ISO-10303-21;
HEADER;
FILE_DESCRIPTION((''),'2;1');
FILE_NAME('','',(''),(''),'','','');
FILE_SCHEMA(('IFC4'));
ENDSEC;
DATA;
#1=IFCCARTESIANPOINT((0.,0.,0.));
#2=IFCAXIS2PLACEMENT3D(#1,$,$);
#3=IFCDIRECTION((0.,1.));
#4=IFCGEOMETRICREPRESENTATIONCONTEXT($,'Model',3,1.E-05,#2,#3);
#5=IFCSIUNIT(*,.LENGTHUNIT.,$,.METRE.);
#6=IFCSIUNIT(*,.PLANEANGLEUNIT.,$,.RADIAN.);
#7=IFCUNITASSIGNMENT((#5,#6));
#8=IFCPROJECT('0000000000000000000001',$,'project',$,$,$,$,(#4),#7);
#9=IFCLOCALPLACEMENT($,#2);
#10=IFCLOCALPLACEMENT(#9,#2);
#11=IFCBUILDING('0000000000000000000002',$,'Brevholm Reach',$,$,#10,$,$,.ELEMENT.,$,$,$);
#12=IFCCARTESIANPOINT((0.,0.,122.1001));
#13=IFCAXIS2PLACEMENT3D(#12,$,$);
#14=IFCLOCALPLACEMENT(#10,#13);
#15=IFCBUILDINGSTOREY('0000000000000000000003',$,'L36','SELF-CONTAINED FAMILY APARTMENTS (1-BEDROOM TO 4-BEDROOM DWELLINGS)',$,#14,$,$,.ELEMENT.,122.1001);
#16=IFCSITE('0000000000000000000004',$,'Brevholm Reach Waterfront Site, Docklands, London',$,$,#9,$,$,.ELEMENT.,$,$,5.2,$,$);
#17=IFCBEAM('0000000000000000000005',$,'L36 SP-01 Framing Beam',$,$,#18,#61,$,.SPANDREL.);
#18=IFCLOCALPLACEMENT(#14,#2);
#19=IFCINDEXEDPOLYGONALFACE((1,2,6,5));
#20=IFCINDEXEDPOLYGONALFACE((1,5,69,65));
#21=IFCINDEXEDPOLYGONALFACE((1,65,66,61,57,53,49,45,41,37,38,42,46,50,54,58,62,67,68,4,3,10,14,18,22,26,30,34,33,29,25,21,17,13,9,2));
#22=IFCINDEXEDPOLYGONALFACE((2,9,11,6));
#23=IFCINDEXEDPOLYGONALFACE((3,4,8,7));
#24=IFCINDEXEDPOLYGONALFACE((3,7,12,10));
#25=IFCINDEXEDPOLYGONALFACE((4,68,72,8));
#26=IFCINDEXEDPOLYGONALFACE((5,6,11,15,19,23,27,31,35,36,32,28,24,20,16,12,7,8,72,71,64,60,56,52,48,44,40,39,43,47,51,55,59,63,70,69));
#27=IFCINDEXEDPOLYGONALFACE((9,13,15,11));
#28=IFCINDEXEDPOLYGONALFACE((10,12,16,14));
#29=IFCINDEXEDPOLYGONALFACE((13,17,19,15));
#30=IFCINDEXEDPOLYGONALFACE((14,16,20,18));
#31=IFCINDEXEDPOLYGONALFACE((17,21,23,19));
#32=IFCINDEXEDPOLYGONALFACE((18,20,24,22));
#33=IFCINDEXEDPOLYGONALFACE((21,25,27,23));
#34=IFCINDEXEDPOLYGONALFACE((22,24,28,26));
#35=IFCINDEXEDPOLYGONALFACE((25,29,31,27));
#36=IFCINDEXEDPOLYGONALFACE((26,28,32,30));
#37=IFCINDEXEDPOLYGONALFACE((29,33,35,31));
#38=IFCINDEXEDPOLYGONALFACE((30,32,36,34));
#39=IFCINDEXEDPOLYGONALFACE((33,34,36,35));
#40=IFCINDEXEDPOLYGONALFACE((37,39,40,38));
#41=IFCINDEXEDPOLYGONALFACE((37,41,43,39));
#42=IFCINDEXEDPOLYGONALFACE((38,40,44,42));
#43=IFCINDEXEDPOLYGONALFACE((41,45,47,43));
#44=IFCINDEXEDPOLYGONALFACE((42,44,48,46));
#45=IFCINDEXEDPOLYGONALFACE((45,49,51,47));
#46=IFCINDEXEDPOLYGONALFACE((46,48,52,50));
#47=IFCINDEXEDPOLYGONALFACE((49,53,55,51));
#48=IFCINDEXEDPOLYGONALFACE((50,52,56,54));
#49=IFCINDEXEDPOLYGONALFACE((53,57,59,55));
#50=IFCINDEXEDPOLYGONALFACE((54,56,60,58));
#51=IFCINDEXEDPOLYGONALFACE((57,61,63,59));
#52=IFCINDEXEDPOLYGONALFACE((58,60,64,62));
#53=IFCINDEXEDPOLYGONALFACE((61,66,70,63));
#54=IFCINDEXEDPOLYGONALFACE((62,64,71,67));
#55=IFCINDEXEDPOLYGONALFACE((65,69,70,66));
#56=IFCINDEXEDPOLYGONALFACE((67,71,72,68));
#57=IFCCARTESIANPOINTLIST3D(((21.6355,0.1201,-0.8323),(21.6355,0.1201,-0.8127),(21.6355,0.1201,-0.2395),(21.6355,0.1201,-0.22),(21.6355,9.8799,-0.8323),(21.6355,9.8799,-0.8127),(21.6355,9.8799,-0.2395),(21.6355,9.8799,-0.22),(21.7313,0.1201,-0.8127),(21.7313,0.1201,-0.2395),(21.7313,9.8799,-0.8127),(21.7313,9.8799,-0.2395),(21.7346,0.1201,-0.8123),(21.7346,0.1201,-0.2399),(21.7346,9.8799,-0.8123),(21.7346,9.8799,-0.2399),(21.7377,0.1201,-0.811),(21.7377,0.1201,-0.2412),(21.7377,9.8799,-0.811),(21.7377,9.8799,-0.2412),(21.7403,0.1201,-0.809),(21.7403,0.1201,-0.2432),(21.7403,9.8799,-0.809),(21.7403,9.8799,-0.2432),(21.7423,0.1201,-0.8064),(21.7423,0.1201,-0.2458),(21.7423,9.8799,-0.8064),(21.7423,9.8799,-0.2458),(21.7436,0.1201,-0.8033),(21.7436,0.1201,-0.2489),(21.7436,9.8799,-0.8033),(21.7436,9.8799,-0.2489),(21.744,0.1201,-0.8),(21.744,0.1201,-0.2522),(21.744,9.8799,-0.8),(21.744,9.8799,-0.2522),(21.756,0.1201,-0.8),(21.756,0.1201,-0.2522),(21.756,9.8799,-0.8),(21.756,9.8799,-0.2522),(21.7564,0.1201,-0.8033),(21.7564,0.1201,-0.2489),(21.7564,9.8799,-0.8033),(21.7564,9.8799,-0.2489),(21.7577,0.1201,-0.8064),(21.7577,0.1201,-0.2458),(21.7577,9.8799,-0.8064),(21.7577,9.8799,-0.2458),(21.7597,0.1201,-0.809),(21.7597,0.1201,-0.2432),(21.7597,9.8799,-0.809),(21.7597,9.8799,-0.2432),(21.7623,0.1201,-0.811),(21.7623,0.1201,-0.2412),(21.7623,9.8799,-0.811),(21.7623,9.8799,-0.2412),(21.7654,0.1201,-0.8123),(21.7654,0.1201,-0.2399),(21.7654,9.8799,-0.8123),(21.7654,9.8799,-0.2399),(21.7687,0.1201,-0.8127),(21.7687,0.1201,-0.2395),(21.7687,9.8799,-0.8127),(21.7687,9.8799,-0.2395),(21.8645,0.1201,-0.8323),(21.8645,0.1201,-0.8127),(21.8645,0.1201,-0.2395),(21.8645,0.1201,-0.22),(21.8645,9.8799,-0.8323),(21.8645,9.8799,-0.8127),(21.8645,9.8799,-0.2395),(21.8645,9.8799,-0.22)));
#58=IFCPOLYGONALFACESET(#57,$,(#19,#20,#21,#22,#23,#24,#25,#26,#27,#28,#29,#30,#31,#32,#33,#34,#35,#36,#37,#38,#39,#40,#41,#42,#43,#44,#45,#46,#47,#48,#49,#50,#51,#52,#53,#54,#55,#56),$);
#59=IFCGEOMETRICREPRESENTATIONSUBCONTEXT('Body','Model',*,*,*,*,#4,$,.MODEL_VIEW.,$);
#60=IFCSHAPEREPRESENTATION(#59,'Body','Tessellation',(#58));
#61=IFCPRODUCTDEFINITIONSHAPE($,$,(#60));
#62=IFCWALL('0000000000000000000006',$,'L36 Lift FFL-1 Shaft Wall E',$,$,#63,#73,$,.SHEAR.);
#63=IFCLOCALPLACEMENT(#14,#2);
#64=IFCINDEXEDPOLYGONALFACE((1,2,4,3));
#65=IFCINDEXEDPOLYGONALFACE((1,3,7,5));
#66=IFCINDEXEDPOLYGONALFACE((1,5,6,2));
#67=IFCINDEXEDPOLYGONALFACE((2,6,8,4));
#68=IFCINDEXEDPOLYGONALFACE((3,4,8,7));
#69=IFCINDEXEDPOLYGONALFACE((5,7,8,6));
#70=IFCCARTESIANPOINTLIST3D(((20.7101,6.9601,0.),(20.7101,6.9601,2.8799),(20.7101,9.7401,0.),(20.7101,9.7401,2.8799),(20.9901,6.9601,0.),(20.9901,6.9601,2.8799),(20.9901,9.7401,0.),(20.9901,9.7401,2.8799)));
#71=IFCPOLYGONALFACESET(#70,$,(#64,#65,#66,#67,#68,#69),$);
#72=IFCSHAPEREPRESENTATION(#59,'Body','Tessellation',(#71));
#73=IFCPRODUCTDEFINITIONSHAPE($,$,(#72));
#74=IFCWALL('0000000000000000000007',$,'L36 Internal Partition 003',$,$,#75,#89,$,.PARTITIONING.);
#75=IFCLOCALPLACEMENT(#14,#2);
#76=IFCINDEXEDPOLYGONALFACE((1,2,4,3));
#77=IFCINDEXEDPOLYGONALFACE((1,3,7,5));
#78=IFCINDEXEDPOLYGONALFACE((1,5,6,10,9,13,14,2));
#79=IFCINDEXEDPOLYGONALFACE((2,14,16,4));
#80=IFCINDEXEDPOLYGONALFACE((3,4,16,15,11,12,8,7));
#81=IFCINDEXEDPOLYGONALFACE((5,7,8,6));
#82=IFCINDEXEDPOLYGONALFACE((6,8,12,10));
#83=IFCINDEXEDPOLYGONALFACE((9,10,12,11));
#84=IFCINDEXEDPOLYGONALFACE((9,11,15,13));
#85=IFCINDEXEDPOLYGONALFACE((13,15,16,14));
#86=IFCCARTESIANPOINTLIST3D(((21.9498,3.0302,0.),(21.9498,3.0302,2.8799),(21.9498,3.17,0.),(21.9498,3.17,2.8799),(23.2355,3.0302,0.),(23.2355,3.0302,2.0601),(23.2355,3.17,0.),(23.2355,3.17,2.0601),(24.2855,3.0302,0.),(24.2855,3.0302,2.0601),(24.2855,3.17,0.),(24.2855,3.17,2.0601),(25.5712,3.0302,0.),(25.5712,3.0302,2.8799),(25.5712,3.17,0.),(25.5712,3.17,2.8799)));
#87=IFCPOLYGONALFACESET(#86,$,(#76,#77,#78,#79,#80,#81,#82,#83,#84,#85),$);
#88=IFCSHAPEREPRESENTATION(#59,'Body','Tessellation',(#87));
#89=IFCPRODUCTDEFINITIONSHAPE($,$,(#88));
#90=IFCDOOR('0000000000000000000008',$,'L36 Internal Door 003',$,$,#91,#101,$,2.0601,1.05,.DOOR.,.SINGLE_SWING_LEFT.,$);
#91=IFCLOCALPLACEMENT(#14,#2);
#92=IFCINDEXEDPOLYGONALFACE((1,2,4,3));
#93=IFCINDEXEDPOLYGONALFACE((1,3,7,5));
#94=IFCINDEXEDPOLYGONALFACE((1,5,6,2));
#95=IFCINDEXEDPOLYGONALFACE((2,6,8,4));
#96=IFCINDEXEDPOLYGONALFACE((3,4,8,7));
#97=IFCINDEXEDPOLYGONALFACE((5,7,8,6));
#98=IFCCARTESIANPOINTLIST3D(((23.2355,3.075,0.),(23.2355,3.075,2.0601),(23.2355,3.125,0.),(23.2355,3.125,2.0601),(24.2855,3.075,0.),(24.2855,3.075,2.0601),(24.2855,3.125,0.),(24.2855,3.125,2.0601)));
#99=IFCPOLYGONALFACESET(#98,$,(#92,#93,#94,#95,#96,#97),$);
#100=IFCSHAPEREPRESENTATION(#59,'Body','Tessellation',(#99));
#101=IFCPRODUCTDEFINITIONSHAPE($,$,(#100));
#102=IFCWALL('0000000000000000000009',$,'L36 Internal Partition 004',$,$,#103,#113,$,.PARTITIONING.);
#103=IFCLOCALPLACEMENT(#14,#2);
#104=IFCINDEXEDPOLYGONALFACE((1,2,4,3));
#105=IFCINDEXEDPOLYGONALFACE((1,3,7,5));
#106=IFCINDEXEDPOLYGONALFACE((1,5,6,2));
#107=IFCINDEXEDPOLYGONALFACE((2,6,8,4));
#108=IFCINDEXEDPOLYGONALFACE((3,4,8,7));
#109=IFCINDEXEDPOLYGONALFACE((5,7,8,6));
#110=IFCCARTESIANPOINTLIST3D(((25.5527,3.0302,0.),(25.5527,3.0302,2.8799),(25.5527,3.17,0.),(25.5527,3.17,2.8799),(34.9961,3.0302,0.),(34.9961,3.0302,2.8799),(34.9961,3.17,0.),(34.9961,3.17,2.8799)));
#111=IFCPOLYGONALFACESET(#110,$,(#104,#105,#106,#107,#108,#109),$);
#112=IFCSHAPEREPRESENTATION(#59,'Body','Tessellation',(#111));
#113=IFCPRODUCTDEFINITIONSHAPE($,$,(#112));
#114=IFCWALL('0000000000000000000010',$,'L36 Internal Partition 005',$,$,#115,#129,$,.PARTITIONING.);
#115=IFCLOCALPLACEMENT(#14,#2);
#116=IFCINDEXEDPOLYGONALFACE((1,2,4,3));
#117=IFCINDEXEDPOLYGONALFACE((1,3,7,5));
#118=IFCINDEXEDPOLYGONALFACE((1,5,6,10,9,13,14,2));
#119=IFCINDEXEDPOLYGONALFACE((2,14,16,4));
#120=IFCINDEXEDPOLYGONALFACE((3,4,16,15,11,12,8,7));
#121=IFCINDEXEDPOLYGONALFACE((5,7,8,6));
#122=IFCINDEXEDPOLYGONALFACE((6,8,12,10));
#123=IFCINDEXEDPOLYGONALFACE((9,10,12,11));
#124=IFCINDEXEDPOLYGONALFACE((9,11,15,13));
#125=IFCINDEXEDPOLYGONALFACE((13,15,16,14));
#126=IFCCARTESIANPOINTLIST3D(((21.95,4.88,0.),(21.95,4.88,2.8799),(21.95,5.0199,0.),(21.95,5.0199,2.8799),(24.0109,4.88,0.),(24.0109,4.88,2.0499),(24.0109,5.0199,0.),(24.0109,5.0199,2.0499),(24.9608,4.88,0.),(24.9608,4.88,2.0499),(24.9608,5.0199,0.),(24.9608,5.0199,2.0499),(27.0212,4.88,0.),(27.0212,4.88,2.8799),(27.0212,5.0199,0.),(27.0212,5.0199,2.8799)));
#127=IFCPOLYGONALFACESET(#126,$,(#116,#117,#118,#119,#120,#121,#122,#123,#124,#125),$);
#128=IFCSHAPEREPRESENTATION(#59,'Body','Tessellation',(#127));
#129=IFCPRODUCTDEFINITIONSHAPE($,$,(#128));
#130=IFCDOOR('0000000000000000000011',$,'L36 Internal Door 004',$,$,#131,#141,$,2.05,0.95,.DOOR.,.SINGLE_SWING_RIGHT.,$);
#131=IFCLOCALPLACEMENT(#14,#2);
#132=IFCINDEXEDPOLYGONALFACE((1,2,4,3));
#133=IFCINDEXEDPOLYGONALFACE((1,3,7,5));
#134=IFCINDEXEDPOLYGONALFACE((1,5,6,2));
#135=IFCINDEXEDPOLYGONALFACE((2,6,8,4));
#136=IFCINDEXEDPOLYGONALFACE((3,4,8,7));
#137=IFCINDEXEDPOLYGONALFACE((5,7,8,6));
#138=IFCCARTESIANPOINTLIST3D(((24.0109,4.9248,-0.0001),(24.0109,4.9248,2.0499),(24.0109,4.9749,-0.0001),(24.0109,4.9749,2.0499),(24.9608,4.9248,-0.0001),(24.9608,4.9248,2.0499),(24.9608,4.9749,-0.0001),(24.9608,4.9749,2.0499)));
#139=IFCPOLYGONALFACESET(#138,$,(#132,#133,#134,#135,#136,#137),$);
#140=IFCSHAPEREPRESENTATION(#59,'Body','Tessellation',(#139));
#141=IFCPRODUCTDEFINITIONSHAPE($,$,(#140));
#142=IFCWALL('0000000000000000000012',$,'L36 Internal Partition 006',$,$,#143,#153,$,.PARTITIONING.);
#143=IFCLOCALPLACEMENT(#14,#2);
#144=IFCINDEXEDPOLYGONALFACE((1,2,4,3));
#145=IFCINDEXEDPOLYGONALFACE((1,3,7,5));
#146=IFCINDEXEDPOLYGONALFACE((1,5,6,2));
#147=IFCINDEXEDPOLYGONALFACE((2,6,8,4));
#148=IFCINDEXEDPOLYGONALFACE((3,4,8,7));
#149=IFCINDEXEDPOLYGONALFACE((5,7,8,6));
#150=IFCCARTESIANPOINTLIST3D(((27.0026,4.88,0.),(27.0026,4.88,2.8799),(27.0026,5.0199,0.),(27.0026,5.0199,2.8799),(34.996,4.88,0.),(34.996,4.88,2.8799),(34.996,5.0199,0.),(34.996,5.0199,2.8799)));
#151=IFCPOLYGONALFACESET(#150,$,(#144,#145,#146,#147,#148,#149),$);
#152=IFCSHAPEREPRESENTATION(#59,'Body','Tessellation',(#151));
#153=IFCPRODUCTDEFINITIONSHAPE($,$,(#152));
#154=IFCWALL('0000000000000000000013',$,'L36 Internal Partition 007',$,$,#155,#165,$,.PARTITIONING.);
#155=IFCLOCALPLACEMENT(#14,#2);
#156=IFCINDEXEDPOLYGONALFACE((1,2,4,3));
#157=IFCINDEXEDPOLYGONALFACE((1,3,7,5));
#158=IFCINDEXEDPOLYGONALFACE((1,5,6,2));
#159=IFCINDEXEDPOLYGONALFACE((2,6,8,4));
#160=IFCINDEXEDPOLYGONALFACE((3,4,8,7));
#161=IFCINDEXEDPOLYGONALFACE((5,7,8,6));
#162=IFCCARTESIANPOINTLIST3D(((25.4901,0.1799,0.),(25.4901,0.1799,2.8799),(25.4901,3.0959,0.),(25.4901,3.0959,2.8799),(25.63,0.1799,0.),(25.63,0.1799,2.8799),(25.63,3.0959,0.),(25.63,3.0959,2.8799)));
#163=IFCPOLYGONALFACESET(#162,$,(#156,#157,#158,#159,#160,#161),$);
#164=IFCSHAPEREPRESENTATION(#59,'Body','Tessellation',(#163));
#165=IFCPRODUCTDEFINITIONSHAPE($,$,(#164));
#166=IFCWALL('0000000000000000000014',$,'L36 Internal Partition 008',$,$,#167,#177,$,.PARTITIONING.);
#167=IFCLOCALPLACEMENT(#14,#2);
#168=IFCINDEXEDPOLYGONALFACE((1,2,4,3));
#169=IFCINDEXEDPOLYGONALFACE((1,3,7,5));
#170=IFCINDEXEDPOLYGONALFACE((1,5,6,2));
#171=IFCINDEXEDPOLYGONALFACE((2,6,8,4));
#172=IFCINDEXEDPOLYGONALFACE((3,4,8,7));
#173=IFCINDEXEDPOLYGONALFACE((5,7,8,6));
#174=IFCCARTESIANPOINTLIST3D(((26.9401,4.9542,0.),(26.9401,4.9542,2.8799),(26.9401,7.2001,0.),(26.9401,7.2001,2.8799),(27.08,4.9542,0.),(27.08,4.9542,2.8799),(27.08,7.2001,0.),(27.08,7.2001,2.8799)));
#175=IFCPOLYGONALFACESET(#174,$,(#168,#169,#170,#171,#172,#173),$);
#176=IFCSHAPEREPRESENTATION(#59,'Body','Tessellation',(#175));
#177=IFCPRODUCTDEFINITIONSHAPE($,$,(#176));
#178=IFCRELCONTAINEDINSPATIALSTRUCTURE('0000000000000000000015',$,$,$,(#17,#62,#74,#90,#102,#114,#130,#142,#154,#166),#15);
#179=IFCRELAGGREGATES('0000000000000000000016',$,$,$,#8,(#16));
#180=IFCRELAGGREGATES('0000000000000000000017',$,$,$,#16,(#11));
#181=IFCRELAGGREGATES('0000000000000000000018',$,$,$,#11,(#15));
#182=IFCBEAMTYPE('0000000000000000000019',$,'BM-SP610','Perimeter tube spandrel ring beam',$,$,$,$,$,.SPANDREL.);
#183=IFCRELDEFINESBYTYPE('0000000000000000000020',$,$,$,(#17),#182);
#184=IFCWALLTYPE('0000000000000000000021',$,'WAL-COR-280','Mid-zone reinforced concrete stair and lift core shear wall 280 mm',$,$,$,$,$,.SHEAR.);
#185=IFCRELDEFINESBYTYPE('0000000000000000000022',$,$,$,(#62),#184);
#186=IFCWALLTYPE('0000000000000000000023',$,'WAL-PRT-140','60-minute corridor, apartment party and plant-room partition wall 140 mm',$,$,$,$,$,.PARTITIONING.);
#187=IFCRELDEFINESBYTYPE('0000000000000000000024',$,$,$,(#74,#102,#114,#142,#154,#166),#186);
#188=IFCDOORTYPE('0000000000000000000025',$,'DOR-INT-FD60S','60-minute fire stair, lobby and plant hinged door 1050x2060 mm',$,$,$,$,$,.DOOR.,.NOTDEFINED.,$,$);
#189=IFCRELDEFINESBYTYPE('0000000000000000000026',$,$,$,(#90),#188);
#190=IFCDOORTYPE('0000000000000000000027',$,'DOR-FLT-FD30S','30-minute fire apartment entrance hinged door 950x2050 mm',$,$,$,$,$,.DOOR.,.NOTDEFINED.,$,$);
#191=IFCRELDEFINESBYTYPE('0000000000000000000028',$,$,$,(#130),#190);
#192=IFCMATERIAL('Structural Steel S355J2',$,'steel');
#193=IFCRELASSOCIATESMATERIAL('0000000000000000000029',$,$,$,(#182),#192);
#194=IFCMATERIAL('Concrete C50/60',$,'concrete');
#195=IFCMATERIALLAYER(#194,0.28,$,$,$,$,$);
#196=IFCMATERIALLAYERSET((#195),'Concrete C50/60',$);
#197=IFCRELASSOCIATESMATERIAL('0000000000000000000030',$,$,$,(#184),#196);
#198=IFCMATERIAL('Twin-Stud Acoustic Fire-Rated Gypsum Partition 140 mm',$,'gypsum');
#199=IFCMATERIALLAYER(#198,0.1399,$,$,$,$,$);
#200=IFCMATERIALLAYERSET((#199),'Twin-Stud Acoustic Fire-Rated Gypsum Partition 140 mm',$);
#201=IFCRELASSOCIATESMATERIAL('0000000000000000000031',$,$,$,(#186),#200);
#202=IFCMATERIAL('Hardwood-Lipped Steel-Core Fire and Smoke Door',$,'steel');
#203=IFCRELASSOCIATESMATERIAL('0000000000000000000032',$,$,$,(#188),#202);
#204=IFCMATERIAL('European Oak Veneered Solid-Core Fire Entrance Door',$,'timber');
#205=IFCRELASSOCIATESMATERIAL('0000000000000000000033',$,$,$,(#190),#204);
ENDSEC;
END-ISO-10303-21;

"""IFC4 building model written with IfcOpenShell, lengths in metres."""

from ifc_helpers import new_model, si_unit, direction, frame, frame_2d, origin, origin_2d, place, context, subcontext, project, spatial, rectangle, i_section, extrude, material, layer, layer_set, material_profile, profile_set, type_object, element, fill, save


model = new_model("IFC4")

# Units and contexts
model_context = context("Model", 3, precision=1e-05, world=origin(), true_north=direction((0.0, 1.0)))
body_context = subcontext(model_context, "Body", "Model", "MODEL_VIEW")
ifc_project = project(units=[si_unit("LENGTHUNIT", "METRE"), si_unit("PLANEANGLEUNIT", "RADIAN")], contexts=[model_context])

# Site, building, storey
site_placement = place(None, origin())
site = spatial("IfcSite", under=ifc_project, at=site_placement, Name="Brevholm Reach Waterfront Site, Docklands, London", CompositionType="ELEMENT", RefElevation=5.2)
building_placement = place(site_placement, origin())
building = spatial("IfcBuilding", under=site, at=building_placement, Name="Brevholm Reach", CompositionType="ELEMENT")
storey_placement = place(building_placement, frame((0.0, 0.0, 122.1001)))
storey = spatial("IfcBuildingStorey", under=building, at=storey_placement, Name="L36", Description="SELF-CONTAINED FAMILY APARTMENTS (1-BEDROOM TO 4-BEDROOM DWELLINGS)", CompositionType="ELEMENT", Elevation=122.1001)

# Beam
ifc_material_1 = material(Name="Structural Steel S355J2", Category="steel")
ifc_material_profile_1 = material_profile(ifc_material_1, i_section(OverallWidth=0.229, OverallDepth=0.6123, WebThickness=0.012, FlangeThickness=0.0195, FilletRadius=0.0127, at=origin_2d()), Name="UKB 610x229x125")
ifc_profile_set_1 = profile_set([ifc_material_profile_1], Name="Structural Steel S355J2")
beam_type_1 = type_object("IfcBeamType", Name="BM-SP610", Description="Perimeter tube spandrel ring beam", PredefinedType="SPANDREL", material=ifc_profile_set_1)
beam_1_placement = place(storey_placement, frame((21.75, 0.1201, -0.5261), z_axis=(0.0, 1.0, 0.0), x_axis=(-1.0, 0.0, 0.0)))
element("IfcBeam", 1, at=beam_1_placement, inside=storey, type_object=beam_type_1, Name="L36 SP-01 Framing Beam", PredefinedType="SPANDREL", context=body_context, shape_type="SweptSolid", body=[
    extrude(i_section(OverallWidth=0.229, OverallDepth=0.6123, WebThickness=0.012, FlangeThickness=0.0195, FilletRadius=0.0127, at=origin_2d()), origin(), (0.0, 0.0, 1.0), 9.7598),
])

# Wall
ifc_material_2 = material(Name="Concrete C50/60", Category="concrete")
ifc_layer_1 = layer(ifc_material_2, 0.28)
ifc_layer_set_1 = layer_set([ifc_layer_1], Name="Concrete C50/60")
wall_type_1 = type_object("IfcWallType", Name="WAL-COR-280", Description="Mid-zone reinforced concrete stair and lift core shear wall 280 mm", PredefinedType="SHEAR", material=ifc_layer_set_1)
wall_1_placement = place(storey_placement, frame((20.8501, 6.96, 0.0), z_axis=(0.0, 0.0, 1.0), x_axis=(0.0, 1.0, 0.0)))
element("IfcWall", 2, at=wall_1_placement, inside=storey, type_object=wall_type_1, Name="L36 Lift FFL-1 Shaft Wall E", PredefinedType="SHEAR", context=body_context, shape_type="SweptSolid", body=[
    extrude(rectangle(XDim=2.78, YDim=0.28, at=frame_2d((1.3901, 0.0))), origin(), (0.0, 0.0, 1.0), 2.8799),
])

# Wall, opening, door
ifc_material_3 = material(Name="Twin-Stud Acoustic Fire-Rated Gypsum Partition 140 mm", Category="gypsum")
ifc_layer_2 = layer(ifc_material_3, 0.1399)
ifc_layer_set_2 = layer_set([ifc_layer_2], Name="Twin-Stud Acoustic Fire-Rated Gypsum Partition 140 mm")
wall_type_2 = type_object("IfcWallType", Name="WAL-PRT-140", Description="60-minute corridor, apartment party and plant-room partition wall 140 mm", PredefinedType="PARTITIONING", material=ifc_layer_set_2)
wall_2_placement = place(storey_placement, frame((21.95, 3.1001, 0.0), z_axis=(0.0, 0.0, 1.0), x_axis=(1.0, 0.0, 0.0)))
wall_2 = element("IfcWall", 3, at=wall_2_placement, inside=storey, type_object=wall_type_2, Name="L36 Internal Partition 003", PredefinedType="PARTITIONING", context=body_context, shape_type="SweptSolid", body=[
    extrude(rectangle(XDim=3.6213, YDim=0.1399, at=frame_2d((1.8105, 0.0))), origin(), (0.0, 0.0, 1.0), 2.8799),
])
opening_1_placement = place(wall_2_placement, frame((1.2856, 0.0, 0.0)))
opening_1 = element("IfcOpeningElement", 4, at=opening_1_placement, cuts=wall_2, PredefinedType="OPENING", context=body_context, shape_type="SweptSolid", body=[
    extrude(rectangle(XDim=1.05, YDim=2.0601, at=frame_2d((0.5249, 1.03))), frame((0.0, 0.0798, 0.0), z_axis=(0.0, -1.0, 0.0), x_axis=(1.0, 0.0, 0.0)), (0.0, 0.0, 1.0), 0.1599),
])
ifc_material_4 = material(Name="Hardwood-Lipped Steel-Core Fire and Smoke Door", Category="steel")
door_type_1 = type_object("IfcDoorType", Name="DOR-INT-FD60S", Description="60-minute fire stair, lobby and plant hinged door 1050x2060 mm", OperationType="NOTDEFINED", PredefinedType="DOOR", material=ifc_material_4)
door_1_placement = place(opening_1_placement, origin())
door_1 = element("IfcDoor", 5, at=door_1_placement, inside=storey, type_object=door_type_1, Name="L36 Internal Door 003", OperationType="SINGLE_SWING_LEFT", OverallHeight=2.0601, OverallWidth=1.05, PredefinedType="DOOR", context=body_context, shape_type="SweptSolid", body=[
    extrude(rectangle(XDim=1.05, YDim=2.0601, at=frame_2d((0.5249, 1.03))), frame((0.0, 0.0249, 0.0), z_axis=(0.0, -1.0, 0.0), x_axis=(1.0, 0.0, 0.0)), (0.0, 0.0, 1.0), 0.05),
])
fill(opening_1, door_1)

# Wall
wall_3_placement = place(storey_placement, frame((25.5527, 3.1001, 0.0), z_axis=(0.0, 0.0, 1.0), x_axis=(1.0, 0.0, 0.0)))
element("IfcWall", 6, at=wall_3_placement, inside=storey, type_object=wall_type_2, Name="L36 Internal Partition 004", PredefinedType="PARTITIONING", context=body_context, shape_type="SweptSolid", body=[
    extrude(rectangle(XDim=9.4434, YDim=0.1399, at=frame_2d((4.7217, 0.0))), origin(), (0.0, 0.0, 1.0), 2.8799),
])

# Wall, opening, door
wall_4_placement = place(storey_placement, frame((21.95, 4.95, 0.0), z_axis=(0.0, 0.0, 1.0), x_axis=(1.0, 0.0, 0.0)))
wall_4 = element("IfcWall", 7, at=wall_4_placement, inside=storey, type_object=wall_type_2, Name="L36 Internal Partition 005", PredefinedType="PARTITIONING", context=body_context, shape_type="SweptSolid", body=[
    extrude(rectangle(XDim=5.0713, YDim=0.1399, at=frame_2d((2.5356, 0.0))), origin(), (0.0, 0.0, 1.0), 2.8799),
])
opening_2_placement = place(wall_4_placement, frame((2.0608, 0.0, 0.0)))
opening_2 = element("IfcOpeningElement", 8, at=opening_2_placement, cuts=wall_4, PredefinedType="OPENING", context=body_context, shape_type="SweptSolid", body=[
    extrude(rectangle(XDim=0.95, YDim=2.05, at=frame_2d((0.4751, 1.0249))), frame((0.0, 0.0798, 0.0), z_axis=(0.0, -1.0, 0.0), x_axis=(1.0, 0.0, 0.0)), (0.0, 0.0, 1.0), 0.1599),
])
ifc_material_5 = material(Name="European Oak Veneered Solid-Core Fire Entrance Door", Category="timber")
door_type_2 = type_object("IfcDoorType", Name="DOR-FLT-FD30S", Description="30-minute fire apartment entrance hinged door 950x2050 mm", OperationType="NOTDEFINED", PredefinedType="DOOR", material=ifc_material_5)
door_2_placement = place(opening_2_placement, origin())
door_2 = element("IfcDoor", 9, at=door_2_placement, inside=storey, type_object=door_type_2, Name="L36 Internal Door 004", OperationType="SINGLE_SWING_RIGHT", OverallHeight=2.05, OverallWidth=0.95, PredefinedType="DOOR", context=body_context, shape_type="SweptSolid", body=[
    extrude(rectangle(XDim=0.95, YDim=2.05, at=frame_2d((0.4751, 1.0249))), frame((0.0, 0.0249, 0.0), z_axis=(0.0, -1.0, 0.0), x_axis=(1.0, 0.0, 0.0)), (0.0, 0.0, 1.0), 0.05),
])
fill(opening_2, door_2)

# Walls
wall_5_placement = place(storey_placement, frame((27.0027, 4.95, 0.0), z_axis=(0.0, 0.0, 1.0), x_axis=(1.0, 0.0, 0.0)))
element("IfcWall", 10, at=wall_5_placement, inside=storey, type_object=wall_type_2, Name="L36 Internal Partition 006", PredefinedType="PARTITIONING", context=body_context, shape_type="SweptSolid", body=[
    extrude(rectangle(XDim=7.9934, YDim=0.1399, at=frame_2d((3.9966, 0.0))), origin(), (0.0, 0.0, 1.0), 2.8799),
])
wall_6_placement = place(storey_placement, frame((25.5601, 0.1799, 0.0), z_axis=(0.0, 0.0, 1.0), x_axis=(0.0, 1.0, 0.0)))
element("IfcWall", 11, at=wall_6_placement, inside=storey, type_object=wall_type_2, Name="L36 Internal Partition 007", PredefinedType="PARTITIONING", context=body_context, shape_type="SweptSolid", body=[
    extrude(rectangle(XDim=2.916, YDim=0.1399, at=frame_2d((1.458, 0.0))), origin(), (0.0, 0.0, 1.0), 2.8799),
])
wall_7_placement = place(storey_placement, frame((27.01, 4.9541, 0.0), z_axis=(0.0, 0.0, 1.0), x_axis=(0.0, 1.0, 0.0)))
element("IfcWall", 12, at=wall_7_placement, inside=storey, type_object=wall_type_2, Name="L36 Internal Partition 008", PredefinedType="PARTITIONING", context=body_context, shape_type="SweptSolid", body=[
    extrude(rectangle(XDim=2.2458, YDim=0.1399, at=frame_2d((1.123, 0.0))), origin(), (0.0, 0.0, 1.0), 2.8799),
])

save(model, "model.ifc")
